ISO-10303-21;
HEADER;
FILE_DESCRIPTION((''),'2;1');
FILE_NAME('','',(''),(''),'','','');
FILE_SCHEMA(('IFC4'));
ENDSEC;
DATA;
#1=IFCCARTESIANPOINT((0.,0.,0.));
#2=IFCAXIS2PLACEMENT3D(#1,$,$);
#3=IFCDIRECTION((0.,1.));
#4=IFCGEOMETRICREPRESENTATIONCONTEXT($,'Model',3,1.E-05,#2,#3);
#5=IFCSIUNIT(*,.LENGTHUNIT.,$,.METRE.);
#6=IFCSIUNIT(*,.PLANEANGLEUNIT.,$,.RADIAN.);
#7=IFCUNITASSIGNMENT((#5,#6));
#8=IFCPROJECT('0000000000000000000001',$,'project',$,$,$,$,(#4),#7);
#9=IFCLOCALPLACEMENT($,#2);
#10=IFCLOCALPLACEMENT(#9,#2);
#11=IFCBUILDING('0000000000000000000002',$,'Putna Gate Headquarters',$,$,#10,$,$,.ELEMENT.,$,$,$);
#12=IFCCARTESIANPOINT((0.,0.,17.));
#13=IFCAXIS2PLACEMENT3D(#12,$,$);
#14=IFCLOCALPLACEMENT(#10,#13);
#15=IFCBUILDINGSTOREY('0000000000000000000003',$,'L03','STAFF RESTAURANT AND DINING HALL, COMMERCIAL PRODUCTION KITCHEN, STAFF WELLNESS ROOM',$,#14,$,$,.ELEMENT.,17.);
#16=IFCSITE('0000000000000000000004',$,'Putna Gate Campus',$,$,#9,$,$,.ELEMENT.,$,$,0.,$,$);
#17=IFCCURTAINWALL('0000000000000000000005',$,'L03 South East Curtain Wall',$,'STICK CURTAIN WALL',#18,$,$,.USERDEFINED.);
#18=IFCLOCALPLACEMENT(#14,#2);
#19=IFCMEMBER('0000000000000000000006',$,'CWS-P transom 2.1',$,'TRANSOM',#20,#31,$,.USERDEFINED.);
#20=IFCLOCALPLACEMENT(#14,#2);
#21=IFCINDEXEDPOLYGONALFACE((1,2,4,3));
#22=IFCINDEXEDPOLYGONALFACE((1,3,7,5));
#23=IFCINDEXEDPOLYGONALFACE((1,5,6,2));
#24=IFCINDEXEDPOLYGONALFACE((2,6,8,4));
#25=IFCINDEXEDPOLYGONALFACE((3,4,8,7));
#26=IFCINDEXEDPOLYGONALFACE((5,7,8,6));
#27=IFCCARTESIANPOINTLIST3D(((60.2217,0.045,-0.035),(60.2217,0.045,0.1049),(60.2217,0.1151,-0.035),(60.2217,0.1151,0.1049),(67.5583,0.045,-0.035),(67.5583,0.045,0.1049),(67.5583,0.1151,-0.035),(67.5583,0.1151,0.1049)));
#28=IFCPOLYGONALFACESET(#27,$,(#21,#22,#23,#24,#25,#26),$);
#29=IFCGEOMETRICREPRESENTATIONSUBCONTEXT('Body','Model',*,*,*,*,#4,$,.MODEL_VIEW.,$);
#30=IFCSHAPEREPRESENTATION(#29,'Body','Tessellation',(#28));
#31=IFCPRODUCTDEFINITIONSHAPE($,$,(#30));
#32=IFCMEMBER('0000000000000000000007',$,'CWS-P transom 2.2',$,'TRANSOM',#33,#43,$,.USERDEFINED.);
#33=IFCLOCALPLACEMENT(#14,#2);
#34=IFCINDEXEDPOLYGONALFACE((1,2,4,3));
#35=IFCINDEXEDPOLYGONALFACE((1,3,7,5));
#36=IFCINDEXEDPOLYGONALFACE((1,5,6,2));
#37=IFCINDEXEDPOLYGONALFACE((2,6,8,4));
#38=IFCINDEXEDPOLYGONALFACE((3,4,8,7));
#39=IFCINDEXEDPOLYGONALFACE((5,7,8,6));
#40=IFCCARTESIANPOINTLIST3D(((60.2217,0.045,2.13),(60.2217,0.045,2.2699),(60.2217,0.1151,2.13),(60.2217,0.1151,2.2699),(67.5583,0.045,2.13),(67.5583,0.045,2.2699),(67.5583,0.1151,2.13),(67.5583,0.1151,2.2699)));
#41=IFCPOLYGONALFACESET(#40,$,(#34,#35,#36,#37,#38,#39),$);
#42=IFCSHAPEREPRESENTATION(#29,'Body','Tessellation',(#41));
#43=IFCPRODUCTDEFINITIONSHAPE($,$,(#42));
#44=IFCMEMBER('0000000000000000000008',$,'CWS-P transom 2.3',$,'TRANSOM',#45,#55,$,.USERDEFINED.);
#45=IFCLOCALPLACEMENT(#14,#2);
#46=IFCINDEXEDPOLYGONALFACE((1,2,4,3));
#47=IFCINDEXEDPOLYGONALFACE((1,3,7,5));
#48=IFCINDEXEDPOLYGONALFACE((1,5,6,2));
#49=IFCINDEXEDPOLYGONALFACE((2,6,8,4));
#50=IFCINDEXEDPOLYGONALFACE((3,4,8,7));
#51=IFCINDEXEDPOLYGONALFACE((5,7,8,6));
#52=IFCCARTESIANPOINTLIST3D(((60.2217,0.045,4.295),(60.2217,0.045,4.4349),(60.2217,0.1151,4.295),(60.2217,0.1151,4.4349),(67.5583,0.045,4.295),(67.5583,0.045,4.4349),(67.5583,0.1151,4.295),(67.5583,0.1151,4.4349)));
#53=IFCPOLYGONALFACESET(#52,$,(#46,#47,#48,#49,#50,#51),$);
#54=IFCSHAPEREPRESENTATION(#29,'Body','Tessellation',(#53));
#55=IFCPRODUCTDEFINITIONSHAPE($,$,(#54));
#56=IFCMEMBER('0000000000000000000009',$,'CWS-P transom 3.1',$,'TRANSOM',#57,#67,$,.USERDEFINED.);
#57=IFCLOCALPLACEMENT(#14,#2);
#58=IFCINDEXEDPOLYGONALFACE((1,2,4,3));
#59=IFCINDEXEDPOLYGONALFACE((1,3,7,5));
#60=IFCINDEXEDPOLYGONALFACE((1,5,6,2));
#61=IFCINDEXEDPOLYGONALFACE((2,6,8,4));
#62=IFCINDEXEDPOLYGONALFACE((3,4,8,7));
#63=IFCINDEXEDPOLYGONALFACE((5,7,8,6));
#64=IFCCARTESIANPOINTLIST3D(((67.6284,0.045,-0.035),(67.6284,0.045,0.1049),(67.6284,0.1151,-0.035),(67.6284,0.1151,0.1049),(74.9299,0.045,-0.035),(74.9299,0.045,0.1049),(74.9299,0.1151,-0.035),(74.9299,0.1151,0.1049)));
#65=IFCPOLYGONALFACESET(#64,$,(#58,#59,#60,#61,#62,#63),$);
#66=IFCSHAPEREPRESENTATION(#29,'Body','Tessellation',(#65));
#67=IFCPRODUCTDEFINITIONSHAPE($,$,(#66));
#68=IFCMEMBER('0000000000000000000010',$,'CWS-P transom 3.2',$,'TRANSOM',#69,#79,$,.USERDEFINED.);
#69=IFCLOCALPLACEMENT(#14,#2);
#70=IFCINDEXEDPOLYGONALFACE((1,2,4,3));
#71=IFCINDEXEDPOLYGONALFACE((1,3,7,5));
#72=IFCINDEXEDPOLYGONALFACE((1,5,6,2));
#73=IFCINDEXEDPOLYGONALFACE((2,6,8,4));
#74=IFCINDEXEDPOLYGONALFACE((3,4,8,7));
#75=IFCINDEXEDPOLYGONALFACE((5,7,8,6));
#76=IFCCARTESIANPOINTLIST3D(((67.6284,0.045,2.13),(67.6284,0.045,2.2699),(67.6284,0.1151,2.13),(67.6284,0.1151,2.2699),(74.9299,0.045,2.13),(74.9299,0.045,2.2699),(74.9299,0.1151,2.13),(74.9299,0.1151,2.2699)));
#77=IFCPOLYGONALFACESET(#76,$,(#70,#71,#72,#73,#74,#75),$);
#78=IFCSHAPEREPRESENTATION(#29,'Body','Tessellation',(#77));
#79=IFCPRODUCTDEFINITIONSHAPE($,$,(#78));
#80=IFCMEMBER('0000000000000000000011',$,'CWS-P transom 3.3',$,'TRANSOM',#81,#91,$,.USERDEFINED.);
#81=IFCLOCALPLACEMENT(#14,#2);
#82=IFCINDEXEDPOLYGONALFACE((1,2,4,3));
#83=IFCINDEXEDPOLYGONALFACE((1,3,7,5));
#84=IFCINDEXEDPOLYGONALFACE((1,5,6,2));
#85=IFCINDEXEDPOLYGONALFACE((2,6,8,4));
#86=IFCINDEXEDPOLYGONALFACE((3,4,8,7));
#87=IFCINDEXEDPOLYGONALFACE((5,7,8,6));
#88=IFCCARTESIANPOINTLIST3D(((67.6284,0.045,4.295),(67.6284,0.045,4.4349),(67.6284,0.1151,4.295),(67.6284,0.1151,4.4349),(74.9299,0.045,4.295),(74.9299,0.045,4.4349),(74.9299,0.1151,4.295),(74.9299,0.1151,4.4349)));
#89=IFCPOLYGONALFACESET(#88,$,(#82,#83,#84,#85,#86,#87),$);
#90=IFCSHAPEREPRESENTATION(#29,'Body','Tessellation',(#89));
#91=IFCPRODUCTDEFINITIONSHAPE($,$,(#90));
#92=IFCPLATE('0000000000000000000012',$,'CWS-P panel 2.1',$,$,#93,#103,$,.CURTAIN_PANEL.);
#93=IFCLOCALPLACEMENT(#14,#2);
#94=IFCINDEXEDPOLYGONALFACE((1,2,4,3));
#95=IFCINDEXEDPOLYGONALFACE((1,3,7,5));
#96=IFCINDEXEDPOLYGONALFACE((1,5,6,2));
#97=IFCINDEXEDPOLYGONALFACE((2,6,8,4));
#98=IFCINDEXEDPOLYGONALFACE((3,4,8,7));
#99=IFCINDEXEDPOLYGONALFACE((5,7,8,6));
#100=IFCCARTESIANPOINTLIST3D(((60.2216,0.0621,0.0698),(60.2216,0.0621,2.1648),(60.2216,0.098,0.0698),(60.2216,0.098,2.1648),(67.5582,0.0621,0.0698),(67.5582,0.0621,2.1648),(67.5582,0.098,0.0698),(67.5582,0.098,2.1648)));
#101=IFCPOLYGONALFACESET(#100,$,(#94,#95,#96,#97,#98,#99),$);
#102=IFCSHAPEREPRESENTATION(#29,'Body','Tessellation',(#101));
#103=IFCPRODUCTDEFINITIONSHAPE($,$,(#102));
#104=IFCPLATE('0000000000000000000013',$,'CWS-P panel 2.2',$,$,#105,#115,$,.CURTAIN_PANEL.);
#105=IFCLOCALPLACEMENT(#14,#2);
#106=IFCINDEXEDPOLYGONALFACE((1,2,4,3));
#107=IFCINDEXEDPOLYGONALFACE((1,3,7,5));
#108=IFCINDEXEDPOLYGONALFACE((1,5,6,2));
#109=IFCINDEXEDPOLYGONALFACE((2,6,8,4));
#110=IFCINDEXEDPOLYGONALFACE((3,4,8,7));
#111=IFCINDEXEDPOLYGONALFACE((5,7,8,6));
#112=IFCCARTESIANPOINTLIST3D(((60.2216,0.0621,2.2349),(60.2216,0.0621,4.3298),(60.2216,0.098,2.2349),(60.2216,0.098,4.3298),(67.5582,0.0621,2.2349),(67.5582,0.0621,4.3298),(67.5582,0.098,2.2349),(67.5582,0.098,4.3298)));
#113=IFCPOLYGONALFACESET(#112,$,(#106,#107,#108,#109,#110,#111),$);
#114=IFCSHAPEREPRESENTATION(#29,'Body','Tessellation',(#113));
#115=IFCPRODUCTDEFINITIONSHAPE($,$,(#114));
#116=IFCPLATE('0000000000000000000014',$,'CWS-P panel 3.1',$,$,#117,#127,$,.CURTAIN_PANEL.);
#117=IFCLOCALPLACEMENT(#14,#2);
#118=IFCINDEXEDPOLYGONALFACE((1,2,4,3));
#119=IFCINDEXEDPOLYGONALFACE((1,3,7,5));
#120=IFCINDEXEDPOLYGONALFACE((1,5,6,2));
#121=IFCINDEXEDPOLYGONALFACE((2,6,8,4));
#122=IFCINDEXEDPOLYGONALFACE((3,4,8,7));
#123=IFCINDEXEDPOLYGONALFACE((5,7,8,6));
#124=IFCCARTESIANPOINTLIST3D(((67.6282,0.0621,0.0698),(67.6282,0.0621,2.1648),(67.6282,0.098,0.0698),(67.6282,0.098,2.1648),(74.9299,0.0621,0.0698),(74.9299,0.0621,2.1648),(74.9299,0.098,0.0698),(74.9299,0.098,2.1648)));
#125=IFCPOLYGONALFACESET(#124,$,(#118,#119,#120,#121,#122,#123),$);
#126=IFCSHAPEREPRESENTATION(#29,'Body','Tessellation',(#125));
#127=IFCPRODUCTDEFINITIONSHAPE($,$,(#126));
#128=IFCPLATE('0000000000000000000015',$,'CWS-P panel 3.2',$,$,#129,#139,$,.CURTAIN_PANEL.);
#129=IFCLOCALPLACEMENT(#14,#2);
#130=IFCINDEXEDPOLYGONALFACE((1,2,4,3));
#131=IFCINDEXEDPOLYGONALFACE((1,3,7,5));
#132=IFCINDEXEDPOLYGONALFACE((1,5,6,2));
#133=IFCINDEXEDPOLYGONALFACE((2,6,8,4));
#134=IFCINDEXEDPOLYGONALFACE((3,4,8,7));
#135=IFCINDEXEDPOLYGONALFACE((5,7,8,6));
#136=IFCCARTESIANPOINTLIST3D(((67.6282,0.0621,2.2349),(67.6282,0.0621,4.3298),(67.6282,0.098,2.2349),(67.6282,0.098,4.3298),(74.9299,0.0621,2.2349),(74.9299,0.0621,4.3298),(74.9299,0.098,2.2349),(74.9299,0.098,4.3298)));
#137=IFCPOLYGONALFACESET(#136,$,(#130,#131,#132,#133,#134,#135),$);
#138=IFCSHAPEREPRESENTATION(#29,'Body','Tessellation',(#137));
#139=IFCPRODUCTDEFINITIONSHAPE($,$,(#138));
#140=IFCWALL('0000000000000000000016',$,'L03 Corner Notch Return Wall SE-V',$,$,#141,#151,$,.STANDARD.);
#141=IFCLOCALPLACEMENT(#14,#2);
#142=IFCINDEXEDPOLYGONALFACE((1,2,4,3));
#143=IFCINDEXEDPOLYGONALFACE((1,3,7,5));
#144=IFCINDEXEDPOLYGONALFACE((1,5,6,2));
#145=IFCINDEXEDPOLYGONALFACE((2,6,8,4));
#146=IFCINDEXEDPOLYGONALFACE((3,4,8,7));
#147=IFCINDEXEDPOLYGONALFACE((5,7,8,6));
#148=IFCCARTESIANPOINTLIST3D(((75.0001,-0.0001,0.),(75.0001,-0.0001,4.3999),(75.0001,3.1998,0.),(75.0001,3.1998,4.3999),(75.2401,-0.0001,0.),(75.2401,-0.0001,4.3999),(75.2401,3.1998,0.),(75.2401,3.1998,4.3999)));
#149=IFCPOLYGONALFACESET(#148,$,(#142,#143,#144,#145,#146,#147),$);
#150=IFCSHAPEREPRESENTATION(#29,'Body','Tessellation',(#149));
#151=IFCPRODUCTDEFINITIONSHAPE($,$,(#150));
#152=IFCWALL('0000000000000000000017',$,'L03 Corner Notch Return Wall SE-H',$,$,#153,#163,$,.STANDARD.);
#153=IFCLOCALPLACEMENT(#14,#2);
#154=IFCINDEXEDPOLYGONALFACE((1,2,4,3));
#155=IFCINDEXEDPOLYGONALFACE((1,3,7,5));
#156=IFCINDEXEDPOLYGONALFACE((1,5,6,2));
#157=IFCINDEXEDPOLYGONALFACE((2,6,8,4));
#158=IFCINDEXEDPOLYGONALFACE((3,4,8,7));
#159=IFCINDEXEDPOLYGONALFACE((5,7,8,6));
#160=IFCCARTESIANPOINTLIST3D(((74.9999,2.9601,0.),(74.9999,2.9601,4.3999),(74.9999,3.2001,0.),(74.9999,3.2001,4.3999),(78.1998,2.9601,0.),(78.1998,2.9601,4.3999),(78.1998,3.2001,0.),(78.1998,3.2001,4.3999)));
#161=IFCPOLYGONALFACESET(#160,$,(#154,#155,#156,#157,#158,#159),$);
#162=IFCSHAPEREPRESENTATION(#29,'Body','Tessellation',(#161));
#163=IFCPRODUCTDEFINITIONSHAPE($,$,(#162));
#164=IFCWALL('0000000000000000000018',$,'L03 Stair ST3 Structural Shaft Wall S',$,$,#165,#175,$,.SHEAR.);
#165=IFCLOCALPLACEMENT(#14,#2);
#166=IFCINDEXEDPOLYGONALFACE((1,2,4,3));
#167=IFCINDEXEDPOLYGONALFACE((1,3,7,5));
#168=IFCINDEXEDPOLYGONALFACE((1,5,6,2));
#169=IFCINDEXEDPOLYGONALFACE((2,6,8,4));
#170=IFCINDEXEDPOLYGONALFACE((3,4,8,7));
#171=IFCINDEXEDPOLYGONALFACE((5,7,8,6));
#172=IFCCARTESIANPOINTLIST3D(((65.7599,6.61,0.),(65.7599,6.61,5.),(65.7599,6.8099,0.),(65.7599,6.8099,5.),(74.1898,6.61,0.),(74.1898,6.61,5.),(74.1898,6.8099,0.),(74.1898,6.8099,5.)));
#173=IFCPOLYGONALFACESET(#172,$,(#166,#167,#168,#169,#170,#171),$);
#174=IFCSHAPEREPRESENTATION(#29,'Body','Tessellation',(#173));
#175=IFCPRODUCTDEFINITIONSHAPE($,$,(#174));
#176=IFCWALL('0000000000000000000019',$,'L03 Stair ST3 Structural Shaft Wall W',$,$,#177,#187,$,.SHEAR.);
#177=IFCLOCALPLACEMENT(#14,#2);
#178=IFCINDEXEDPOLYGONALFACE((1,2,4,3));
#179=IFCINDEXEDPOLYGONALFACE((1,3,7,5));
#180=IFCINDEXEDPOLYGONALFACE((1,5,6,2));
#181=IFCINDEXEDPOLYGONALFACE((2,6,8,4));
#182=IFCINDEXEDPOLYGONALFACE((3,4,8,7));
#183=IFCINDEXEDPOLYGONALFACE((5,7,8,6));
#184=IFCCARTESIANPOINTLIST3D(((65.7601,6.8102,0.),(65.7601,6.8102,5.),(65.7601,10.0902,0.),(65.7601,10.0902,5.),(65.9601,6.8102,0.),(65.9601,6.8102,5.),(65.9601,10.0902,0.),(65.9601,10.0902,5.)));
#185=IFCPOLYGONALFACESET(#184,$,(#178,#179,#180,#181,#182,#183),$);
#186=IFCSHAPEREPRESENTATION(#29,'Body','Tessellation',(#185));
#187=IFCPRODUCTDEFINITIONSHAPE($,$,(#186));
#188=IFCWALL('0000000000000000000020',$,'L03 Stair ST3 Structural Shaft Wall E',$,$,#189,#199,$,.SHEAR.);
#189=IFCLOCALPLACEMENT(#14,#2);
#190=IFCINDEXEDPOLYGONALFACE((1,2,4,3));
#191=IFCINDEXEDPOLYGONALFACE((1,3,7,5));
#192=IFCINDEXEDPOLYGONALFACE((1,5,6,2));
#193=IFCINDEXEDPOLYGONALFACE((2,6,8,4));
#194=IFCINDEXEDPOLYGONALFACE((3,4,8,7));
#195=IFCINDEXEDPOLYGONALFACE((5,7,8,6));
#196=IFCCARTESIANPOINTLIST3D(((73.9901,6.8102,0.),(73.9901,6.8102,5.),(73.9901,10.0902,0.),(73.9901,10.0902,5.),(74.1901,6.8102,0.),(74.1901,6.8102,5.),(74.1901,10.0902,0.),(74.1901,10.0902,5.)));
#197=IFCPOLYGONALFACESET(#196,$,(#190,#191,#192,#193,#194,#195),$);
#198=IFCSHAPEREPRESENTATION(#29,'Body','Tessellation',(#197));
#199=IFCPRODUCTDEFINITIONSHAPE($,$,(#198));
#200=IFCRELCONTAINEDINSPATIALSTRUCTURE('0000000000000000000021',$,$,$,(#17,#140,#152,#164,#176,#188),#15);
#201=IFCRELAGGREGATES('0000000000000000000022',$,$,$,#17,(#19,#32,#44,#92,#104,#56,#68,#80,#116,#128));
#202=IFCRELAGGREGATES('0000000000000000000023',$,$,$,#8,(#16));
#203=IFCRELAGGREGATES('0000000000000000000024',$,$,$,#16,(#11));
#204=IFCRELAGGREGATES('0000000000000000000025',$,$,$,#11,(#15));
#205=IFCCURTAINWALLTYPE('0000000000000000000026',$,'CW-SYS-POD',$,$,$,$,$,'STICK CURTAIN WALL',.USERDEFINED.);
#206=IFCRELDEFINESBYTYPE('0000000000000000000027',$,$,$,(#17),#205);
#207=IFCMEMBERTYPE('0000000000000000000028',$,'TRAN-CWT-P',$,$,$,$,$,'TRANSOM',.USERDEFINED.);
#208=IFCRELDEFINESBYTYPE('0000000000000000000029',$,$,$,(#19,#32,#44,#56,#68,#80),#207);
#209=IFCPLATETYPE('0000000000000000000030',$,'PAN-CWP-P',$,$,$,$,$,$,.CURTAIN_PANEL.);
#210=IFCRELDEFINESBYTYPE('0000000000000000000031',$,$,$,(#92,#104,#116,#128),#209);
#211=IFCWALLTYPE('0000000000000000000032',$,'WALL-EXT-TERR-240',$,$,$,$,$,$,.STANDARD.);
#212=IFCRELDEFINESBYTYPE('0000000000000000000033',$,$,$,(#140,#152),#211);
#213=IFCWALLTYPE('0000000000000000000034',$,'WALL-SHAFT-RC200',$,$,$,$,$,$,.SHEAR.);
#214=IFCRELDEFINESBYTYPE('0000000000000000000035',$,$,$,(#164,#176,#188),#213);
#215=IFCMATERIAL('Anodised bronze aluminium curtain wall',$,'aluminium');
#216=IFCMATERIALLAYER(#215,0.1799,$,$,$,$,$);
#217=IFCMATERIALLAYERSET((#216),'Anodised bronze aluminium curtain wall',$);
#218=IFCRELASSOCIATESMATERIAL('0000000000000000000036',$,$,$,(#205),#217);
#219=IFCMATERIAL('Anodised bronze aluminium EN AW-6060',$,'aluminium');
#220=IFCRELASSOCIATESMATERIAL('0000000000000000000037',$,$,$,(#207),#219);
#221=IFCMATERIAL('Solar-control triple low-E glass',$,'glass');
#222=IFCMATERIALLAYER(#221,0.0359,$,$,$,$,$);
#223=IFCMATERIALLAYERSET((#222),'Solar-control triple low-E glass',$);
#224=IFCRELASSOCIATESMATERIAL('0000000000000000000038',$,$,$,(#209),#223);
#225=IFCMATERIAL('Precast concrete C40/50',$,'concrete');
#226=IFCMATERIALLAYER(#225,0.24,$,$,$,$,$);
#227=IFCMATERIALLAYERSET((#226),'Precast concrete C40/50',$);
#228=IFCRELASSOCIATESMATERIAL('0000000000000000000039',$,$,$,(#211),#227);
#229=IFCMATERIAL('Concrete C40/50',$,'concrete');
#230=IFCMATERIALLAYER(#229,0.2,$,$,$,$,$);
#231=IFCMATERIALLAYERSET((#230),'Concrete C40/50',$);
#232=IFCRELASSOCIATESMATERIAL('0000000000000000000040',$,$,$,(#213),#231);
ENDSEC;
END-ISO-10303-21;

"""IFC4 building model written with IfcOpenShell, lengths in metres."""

from ifc_helpers import new_model, si_unit, direction, frame, frame_2d, origin, origin_2d, place, context, subcontext, project, spatial, rectangle, extrude, material, layer, layer_set, material_profile, profile_set, type_object, element, aggregate, save


model = new_model("IFC4")

# Units and contexts
model_context = context("Model", 3, precision=1e-05, world=origin(), true_north=direction((0.0, 1.0)))
body_context = subcontext(model_context, "Body", "Model", "MODEL_VIEW")
ifc_project = project(units=[si_unit("LENGTHUNIT", "METRE"), si_unit("PLANEANGLEUNIT", "RADIAN")], contexts=[model_context])

# Site, building, storey
site_placement = place(None, origin())
site = spatial("IfcSite", under=ifc_project, at=site_placement, Name="Putna Gate Campus", CompositionType="ELEMENT", RefElevation=0.0)
building_placement = place(site_placement, origin())
building = spatial("IfcBuilding", under=site, at=building_placement, Name="Putna Gate Headquarters", CompositionType="ELEMENT")
storey_placement = place(building_placement, frame((0.0, 0.0, 17.0)))
storey = spatial("IfcBuildingStorey", under=building, at=storey_placement, Name="L03", Description="STAFF RESTAURANT AND DINING HALL, COMMERCIAL PRODUCTION KITCHEN, STAFF WELLNESS ROOM", CompositionType="ELEMENT", Elevation=17.0)

# Curtain wall, members, plates
ifc_material_1 = material(Name="Anodised bronze aluminium curtain wall", Category="aluminium")
ifc_layer_1 = layer(ifc_material_1, 0.1799)
ifc_layer_set_1 = layer_set([ifc_layer_1], Name="Anodised bronze aluminium curtain wall")
curtain_wall_type = type_object("IfcCurtainWallType", Name="CW-SYS-POD", ElementType="STICK CURTAIN WALL", PredefinedType="USERDEFINED", material=ifc_layer_set_1)
curtain_wall_placement = place(storey_placement, origin())
curtain_wall = element("IfcCurtainWall", 1, at=curtain_wall_placement, inside=storey, type_object=curtain_wall_type, Name="L03 South East Curtain Wall", ObjectType="STICK CURTAIN WALL", PredefinedType="USERDEFINED")
ifc_material_2 = material(Name="Anodised bronze aluminium EN AW-6060", Category="aluminium")
ifc_material_profile_1 = material_profile(ifc_material_2, rectangle(XDim=0.0701, YDim=0.1399, at=origin_2d()), Name="Anodised bronze aluminium EN AW-6060")
ifc_profile_set_1 = profile_set([ifc_material_profile_1], Name="Anodised bronze aluminium EN AW-6060")
member_type_1 = type_object("IfcMemberType", Name="TRAN-CWT-P", ElementType="TRANSOM", PredefinedType="USERDEFINED", material=ifc_profile_set_1)
member_1_placement = place(storey_placement, frame((60.2217, 0.0801, 0.0349), z_axis=(1.0, 0.0, 0.0), x_axis=(0.0, 1.0, 0.0)))
member_1 = element("IfcMember", 2, at=member_1_placement, type_object=member_type_1, Name="CWS-P transom 2.1", ObjectType="TRANSOM", PredefinedType="USERDEFINED", context=body_context, shape_type="SweptSolid", body=[
    extrude(rectangle(XDim=0.0701, YDim=0.1399, at=origin_2d()), origin(), (0.0, 0.0, 1.0), 7.3367),
])
member_2_placement = place(storey_placement, frame((60.2217, 0.0801, 2.2), z_axis=(1.0, 0.0, 0.0), x_axis=(0.0, 1.0, 0.0)))
member_2 = element("IfcMember", 3, at=member_2_placement, type_object=member_type_1, Name="CWS-P transom 2.2", ObjectType="TRANSOM", PredefinedType="USERDEFINED", context=body_context, shape_type="SweptSolid", body=[
    extrude(rectangle(XDim=0.0701, YDim=0.1399, at=origin_2d()), origin(), (0.0, 0.0, 1.0), 7.3367),
])
member_3_placement = place(storey_placement, frame((60.2217, 0.0801, 4.365), z_axis=(1.0, 0.0, 0.0), x_axis=(0.0, 1.0, 0.0)))
member_3 = element("IfcMember", 4, at=member_3_placement, type_object=member_type_1, Name="CWS-P transom 2.3", ObjectType="TRANSOM", PredefinedType="USERDEFINED", context=body_context, shape_type="SweptSolid", body=[
    extrude(rectangle(XDim=0.0701, YDim=0.1399, at=origin_2d()), origin(), (0.0, 0.0, 1.0), 7.3367),
])
member_4_placement = place(storey_placement, frame((67.6284, 0.0801, 0.0349), z_axis=(1.0, 0.0, 0.0), x_axis=(0.0, 1.0, 0.0)))
member_4 = element("IfcMember", 5, at=member_4_placement, type_object=member_type_1, Name="CWS-P transom 3.1", ObjectType="TRANSOM", PredefinedType="USERDEFINED", context=body_context, shape_type="SweptSolid", body=[
    extrude(rectangle(XDim=0.0701, YDim=0.1399, at=origin_2d()), origin(), (0.0, 0.0, 1.0), 7.3015),
])
member_5_placement = place(storey_placement, frame((67.6284, 0.0801, 2.2), z_axis=(1.0, 0.0, 0.0), x_axis=(0.0, 1.0, 0.0)))
member_5 = element("IfcMember", 6, at=member_5_placement, type_object=member_type_1, Name="CWS-P transom 3.2", ObjectType="TRANSOM", PredefinedType="USERDEFINED", context=body_context, shape_type="SweptSolid", body=[
    extrude(rectangle(XDim=0.0701, YDim=0.1399, at=origin_2d()), origin(), (0.0, 0.0, 1.0), 7.3015),
])
member_6_placement = place(storey_placement, frame((67.6284, 0.0801, 4.365), z_axis=(1.0, 0.0, 0.0), x_axis=(0.0, 1.0, 0.0)))
member_6 = element("IfcMember", 7, at=member_6_placement, type_object=member_type_1, Name="CWS-P transom 3.3", ObjectType="TRANSOM", PredefinedType="USERDEFINED", context=body_context, shape_type="SweptSolid", body=[
    extrude(rectangle(XDim=0.0701, YDim=0.1399, at=origin_2d()), origin(), (0.0, 0.0, 1.0), 7.3015),
])
ifc_material_3 = material(Name="Solar-control triple low-E glass", Category="glass")
ifc_layer_2 = layer(ifc_material_3, 0.0359)
ifc_layer_set_2 = layer_set([ifc_layer_2], Name="Solar-control triple low-E glass")
plate_type = type_object("IfcPlateType", Name="PAN-CWP-P", PredefinedType="CURTAIN_PANEL", material=ifc_layer_set_2)
plate_1_placement = place(storey_placement, frame((63.8899, 0.0801, 0.0698), z_axis=(0.0, 0.0, 1.0), x_axis=(1.0, 0.0, 0.0)))
plate_1 = element("IfcPlate", 8, at=plate_1_placement, type_object=plate_type, Name="CWS-P panel 2.1", PredefinedType="CURTAIN_PANEL", context=body_context, shape_type="SweptSolid", body=[
    extrude(rectangle(XDim=7.3367, YDim=0.0359, at=origin_2d()), origin(), (0.0, 0.0, 1.0), 2.095),
])
plate_2_placement = place(storey_placement, frame((63.8899, 0.0801, 2.2349), z_axis=(0.0, 0.0, 1.0), x_axis=(1.0, 0.0, 0.0)))
plate_2 = element("IfcPlate", 9, at=plate_2_placement, type_object=plate_type, Name="CWS-P panel 2.2", PredefinedType="CURTAIN_PANEL", context=body_context, shape_type="SweptSolid", body=[
    extrude(rectangle(XDim=7.3367, YDim=0.0359, at=origin_2d()), origin(), (0.0, 0.0, 1.0), 2.095),
])
plate_3_placement = place(storey_placement, frame((71.2791, 0.0801, 0.0698), z_axis=(0.0, 0.0, 1.0), x_axis=(1.0, 0.0, 0.0)))
plate_3 = element("IfcPlate", 10, at=plate_3_placement, type_object=plate_type, Name="CWS-P panel 3.1", PredefinedType="CURTAIN_PANEL", context=body_context, shape_type="SweptSolid", body=[
    extrude(rectangle(XDim=7.3018, YDim=0.0359, at=origin_2d()), origin(), (0.0, 0.0, 1.0), 2.095),
])
plate_4_placement = place(storey_placement, frame((71.2791, 0.0801, 2.2349), z_axis=(0.0, 0.0, 1.0), x_axis=(1.0, 0.0, 0.0)))
plate_4 = element("IfcPlate", 11, at=plate_4_placement, type_object=plate_type, Name="CWS-P panel 3.2", PredefinedType="CURTAIN_PANEL", context=body_context, shape_type="SweptSolid", body=[
    extrude(rectangle(XDim=7.3018, YDim=0.0359, at=origin_2d()), origin(), (0.0, 0.0, 1.0), 2.095),
])
aggregate(curtain_wall, [member_1, member_2, member_3, plate_1, plate_2, member_4, member_5, member_6, plate_3, plate_4])

# Walls
ifc_material_4 = material(Name="Precast concrete C40/50", Category="concrete")
ifc_layer_3 = layer(ifc_material_4, 0.24)
ifc_layer_set_3 = layer_set([ifc_layer_3], Name="Precast concrete C40/50")
wall_type_1 = type_object("IfcWallType", Name="WALL-EXT-TERR-240", PredefinedType="STANDARD", material=ifc_layer_set_3)
for number, where, z_axis, x_axis, name in (
    (12, (75.1201, 3.2, 0.0), (0.0, 0.0, 1.0), (0.0, -1.0, 0.0), "L03 Corner Notch Return Wall SE-V"),
    (13, (78.2, 3.0801, 0.0), (0.0, 0.0, 1.0), (-1.0, 0.0, 0.0), "L03 Corner Notch Return Wall SE-H"),
):
    element("IfcWall", number, at=place(storey_placement, frame(where, z_axis=z_axis, x_axis=x_axis)), inside=storey, type_object=wall_type_1, Name=name, PredefinedType="STANDARD", context=body_context, shape_type="SweptSolid", body=[
        extrude(rectangle(XDim=3.2, YDim=0.24, at=frame_2d((1.6001, 0.0))), origin(), (0.0, 0.0, 1.0), 4.3999),
    ])
ifc_material_5 = material(Name="Concrete C40/50", Category="concrete")
ifc_layer_4 = layer(ifc_material_5, 0.2)
ifc_layer_set_4 = layer_set([ifc_layer_4], Name="Concrete C40/50")
wall_type_2 = type_object("IfcWallType", Name="WALL-SHAFT-RC200", PredefinedType="SHEAR", material=ifc_layer_set_4)
wall_placement = place(storey_placement, frame((65.76, 6.71, 0.0), z_axis=(0.0, 0.0, 1.0), x_axis=(1.0, 0.0, 0.0)))
element("IfcWall", 14, at=wall_placement, inside=storey, type_object=wall_type_2, Name="L03 Stair ST3 Structural Shaft Wall S", PredefinedType="SHEAR", context=body_context, shape_type="SweptSolid", body=[
    extrude(rectangle(XDim=8.4299, YDim=0.2, at=frame_2d((4.2148, 0.0))), origin(), (0.0, 0.0, 1.0), 5.0),
])
for number, where, z_axis, x_axis, name in (
    (15, (65.8601, 6.8101, 0.0), (0.0, 0.0, 1.0), (0.0, 1.0, 0.0), "L03 Stair ST3 Structural Shaft Wall W"),
    (16, (74.0901, 6.8101, 0.0), (0.0, 0.0, 1.0), (0.0, 1.0, 0.0), "L03 Stair ST3 Structural Shaft Wall E"),
):
    element("IfcWall", number, at=place(storey_placement, frame(where, z_axis=z_axis, x_axis=x_axis)), inside=storey, type_object=wall_type_2, Name=name, PredefinedType="SHEAR", context=body_context, shape_type="SweptSolid", body=[
        extrude(rectangle(XDim=3.28, YDim=0.2, at=frame_2d((1.6401, 0.0))), origin(), (0.0, 0.0, 1.0), 5.0),
    ])

save(model, "model.ifc")
